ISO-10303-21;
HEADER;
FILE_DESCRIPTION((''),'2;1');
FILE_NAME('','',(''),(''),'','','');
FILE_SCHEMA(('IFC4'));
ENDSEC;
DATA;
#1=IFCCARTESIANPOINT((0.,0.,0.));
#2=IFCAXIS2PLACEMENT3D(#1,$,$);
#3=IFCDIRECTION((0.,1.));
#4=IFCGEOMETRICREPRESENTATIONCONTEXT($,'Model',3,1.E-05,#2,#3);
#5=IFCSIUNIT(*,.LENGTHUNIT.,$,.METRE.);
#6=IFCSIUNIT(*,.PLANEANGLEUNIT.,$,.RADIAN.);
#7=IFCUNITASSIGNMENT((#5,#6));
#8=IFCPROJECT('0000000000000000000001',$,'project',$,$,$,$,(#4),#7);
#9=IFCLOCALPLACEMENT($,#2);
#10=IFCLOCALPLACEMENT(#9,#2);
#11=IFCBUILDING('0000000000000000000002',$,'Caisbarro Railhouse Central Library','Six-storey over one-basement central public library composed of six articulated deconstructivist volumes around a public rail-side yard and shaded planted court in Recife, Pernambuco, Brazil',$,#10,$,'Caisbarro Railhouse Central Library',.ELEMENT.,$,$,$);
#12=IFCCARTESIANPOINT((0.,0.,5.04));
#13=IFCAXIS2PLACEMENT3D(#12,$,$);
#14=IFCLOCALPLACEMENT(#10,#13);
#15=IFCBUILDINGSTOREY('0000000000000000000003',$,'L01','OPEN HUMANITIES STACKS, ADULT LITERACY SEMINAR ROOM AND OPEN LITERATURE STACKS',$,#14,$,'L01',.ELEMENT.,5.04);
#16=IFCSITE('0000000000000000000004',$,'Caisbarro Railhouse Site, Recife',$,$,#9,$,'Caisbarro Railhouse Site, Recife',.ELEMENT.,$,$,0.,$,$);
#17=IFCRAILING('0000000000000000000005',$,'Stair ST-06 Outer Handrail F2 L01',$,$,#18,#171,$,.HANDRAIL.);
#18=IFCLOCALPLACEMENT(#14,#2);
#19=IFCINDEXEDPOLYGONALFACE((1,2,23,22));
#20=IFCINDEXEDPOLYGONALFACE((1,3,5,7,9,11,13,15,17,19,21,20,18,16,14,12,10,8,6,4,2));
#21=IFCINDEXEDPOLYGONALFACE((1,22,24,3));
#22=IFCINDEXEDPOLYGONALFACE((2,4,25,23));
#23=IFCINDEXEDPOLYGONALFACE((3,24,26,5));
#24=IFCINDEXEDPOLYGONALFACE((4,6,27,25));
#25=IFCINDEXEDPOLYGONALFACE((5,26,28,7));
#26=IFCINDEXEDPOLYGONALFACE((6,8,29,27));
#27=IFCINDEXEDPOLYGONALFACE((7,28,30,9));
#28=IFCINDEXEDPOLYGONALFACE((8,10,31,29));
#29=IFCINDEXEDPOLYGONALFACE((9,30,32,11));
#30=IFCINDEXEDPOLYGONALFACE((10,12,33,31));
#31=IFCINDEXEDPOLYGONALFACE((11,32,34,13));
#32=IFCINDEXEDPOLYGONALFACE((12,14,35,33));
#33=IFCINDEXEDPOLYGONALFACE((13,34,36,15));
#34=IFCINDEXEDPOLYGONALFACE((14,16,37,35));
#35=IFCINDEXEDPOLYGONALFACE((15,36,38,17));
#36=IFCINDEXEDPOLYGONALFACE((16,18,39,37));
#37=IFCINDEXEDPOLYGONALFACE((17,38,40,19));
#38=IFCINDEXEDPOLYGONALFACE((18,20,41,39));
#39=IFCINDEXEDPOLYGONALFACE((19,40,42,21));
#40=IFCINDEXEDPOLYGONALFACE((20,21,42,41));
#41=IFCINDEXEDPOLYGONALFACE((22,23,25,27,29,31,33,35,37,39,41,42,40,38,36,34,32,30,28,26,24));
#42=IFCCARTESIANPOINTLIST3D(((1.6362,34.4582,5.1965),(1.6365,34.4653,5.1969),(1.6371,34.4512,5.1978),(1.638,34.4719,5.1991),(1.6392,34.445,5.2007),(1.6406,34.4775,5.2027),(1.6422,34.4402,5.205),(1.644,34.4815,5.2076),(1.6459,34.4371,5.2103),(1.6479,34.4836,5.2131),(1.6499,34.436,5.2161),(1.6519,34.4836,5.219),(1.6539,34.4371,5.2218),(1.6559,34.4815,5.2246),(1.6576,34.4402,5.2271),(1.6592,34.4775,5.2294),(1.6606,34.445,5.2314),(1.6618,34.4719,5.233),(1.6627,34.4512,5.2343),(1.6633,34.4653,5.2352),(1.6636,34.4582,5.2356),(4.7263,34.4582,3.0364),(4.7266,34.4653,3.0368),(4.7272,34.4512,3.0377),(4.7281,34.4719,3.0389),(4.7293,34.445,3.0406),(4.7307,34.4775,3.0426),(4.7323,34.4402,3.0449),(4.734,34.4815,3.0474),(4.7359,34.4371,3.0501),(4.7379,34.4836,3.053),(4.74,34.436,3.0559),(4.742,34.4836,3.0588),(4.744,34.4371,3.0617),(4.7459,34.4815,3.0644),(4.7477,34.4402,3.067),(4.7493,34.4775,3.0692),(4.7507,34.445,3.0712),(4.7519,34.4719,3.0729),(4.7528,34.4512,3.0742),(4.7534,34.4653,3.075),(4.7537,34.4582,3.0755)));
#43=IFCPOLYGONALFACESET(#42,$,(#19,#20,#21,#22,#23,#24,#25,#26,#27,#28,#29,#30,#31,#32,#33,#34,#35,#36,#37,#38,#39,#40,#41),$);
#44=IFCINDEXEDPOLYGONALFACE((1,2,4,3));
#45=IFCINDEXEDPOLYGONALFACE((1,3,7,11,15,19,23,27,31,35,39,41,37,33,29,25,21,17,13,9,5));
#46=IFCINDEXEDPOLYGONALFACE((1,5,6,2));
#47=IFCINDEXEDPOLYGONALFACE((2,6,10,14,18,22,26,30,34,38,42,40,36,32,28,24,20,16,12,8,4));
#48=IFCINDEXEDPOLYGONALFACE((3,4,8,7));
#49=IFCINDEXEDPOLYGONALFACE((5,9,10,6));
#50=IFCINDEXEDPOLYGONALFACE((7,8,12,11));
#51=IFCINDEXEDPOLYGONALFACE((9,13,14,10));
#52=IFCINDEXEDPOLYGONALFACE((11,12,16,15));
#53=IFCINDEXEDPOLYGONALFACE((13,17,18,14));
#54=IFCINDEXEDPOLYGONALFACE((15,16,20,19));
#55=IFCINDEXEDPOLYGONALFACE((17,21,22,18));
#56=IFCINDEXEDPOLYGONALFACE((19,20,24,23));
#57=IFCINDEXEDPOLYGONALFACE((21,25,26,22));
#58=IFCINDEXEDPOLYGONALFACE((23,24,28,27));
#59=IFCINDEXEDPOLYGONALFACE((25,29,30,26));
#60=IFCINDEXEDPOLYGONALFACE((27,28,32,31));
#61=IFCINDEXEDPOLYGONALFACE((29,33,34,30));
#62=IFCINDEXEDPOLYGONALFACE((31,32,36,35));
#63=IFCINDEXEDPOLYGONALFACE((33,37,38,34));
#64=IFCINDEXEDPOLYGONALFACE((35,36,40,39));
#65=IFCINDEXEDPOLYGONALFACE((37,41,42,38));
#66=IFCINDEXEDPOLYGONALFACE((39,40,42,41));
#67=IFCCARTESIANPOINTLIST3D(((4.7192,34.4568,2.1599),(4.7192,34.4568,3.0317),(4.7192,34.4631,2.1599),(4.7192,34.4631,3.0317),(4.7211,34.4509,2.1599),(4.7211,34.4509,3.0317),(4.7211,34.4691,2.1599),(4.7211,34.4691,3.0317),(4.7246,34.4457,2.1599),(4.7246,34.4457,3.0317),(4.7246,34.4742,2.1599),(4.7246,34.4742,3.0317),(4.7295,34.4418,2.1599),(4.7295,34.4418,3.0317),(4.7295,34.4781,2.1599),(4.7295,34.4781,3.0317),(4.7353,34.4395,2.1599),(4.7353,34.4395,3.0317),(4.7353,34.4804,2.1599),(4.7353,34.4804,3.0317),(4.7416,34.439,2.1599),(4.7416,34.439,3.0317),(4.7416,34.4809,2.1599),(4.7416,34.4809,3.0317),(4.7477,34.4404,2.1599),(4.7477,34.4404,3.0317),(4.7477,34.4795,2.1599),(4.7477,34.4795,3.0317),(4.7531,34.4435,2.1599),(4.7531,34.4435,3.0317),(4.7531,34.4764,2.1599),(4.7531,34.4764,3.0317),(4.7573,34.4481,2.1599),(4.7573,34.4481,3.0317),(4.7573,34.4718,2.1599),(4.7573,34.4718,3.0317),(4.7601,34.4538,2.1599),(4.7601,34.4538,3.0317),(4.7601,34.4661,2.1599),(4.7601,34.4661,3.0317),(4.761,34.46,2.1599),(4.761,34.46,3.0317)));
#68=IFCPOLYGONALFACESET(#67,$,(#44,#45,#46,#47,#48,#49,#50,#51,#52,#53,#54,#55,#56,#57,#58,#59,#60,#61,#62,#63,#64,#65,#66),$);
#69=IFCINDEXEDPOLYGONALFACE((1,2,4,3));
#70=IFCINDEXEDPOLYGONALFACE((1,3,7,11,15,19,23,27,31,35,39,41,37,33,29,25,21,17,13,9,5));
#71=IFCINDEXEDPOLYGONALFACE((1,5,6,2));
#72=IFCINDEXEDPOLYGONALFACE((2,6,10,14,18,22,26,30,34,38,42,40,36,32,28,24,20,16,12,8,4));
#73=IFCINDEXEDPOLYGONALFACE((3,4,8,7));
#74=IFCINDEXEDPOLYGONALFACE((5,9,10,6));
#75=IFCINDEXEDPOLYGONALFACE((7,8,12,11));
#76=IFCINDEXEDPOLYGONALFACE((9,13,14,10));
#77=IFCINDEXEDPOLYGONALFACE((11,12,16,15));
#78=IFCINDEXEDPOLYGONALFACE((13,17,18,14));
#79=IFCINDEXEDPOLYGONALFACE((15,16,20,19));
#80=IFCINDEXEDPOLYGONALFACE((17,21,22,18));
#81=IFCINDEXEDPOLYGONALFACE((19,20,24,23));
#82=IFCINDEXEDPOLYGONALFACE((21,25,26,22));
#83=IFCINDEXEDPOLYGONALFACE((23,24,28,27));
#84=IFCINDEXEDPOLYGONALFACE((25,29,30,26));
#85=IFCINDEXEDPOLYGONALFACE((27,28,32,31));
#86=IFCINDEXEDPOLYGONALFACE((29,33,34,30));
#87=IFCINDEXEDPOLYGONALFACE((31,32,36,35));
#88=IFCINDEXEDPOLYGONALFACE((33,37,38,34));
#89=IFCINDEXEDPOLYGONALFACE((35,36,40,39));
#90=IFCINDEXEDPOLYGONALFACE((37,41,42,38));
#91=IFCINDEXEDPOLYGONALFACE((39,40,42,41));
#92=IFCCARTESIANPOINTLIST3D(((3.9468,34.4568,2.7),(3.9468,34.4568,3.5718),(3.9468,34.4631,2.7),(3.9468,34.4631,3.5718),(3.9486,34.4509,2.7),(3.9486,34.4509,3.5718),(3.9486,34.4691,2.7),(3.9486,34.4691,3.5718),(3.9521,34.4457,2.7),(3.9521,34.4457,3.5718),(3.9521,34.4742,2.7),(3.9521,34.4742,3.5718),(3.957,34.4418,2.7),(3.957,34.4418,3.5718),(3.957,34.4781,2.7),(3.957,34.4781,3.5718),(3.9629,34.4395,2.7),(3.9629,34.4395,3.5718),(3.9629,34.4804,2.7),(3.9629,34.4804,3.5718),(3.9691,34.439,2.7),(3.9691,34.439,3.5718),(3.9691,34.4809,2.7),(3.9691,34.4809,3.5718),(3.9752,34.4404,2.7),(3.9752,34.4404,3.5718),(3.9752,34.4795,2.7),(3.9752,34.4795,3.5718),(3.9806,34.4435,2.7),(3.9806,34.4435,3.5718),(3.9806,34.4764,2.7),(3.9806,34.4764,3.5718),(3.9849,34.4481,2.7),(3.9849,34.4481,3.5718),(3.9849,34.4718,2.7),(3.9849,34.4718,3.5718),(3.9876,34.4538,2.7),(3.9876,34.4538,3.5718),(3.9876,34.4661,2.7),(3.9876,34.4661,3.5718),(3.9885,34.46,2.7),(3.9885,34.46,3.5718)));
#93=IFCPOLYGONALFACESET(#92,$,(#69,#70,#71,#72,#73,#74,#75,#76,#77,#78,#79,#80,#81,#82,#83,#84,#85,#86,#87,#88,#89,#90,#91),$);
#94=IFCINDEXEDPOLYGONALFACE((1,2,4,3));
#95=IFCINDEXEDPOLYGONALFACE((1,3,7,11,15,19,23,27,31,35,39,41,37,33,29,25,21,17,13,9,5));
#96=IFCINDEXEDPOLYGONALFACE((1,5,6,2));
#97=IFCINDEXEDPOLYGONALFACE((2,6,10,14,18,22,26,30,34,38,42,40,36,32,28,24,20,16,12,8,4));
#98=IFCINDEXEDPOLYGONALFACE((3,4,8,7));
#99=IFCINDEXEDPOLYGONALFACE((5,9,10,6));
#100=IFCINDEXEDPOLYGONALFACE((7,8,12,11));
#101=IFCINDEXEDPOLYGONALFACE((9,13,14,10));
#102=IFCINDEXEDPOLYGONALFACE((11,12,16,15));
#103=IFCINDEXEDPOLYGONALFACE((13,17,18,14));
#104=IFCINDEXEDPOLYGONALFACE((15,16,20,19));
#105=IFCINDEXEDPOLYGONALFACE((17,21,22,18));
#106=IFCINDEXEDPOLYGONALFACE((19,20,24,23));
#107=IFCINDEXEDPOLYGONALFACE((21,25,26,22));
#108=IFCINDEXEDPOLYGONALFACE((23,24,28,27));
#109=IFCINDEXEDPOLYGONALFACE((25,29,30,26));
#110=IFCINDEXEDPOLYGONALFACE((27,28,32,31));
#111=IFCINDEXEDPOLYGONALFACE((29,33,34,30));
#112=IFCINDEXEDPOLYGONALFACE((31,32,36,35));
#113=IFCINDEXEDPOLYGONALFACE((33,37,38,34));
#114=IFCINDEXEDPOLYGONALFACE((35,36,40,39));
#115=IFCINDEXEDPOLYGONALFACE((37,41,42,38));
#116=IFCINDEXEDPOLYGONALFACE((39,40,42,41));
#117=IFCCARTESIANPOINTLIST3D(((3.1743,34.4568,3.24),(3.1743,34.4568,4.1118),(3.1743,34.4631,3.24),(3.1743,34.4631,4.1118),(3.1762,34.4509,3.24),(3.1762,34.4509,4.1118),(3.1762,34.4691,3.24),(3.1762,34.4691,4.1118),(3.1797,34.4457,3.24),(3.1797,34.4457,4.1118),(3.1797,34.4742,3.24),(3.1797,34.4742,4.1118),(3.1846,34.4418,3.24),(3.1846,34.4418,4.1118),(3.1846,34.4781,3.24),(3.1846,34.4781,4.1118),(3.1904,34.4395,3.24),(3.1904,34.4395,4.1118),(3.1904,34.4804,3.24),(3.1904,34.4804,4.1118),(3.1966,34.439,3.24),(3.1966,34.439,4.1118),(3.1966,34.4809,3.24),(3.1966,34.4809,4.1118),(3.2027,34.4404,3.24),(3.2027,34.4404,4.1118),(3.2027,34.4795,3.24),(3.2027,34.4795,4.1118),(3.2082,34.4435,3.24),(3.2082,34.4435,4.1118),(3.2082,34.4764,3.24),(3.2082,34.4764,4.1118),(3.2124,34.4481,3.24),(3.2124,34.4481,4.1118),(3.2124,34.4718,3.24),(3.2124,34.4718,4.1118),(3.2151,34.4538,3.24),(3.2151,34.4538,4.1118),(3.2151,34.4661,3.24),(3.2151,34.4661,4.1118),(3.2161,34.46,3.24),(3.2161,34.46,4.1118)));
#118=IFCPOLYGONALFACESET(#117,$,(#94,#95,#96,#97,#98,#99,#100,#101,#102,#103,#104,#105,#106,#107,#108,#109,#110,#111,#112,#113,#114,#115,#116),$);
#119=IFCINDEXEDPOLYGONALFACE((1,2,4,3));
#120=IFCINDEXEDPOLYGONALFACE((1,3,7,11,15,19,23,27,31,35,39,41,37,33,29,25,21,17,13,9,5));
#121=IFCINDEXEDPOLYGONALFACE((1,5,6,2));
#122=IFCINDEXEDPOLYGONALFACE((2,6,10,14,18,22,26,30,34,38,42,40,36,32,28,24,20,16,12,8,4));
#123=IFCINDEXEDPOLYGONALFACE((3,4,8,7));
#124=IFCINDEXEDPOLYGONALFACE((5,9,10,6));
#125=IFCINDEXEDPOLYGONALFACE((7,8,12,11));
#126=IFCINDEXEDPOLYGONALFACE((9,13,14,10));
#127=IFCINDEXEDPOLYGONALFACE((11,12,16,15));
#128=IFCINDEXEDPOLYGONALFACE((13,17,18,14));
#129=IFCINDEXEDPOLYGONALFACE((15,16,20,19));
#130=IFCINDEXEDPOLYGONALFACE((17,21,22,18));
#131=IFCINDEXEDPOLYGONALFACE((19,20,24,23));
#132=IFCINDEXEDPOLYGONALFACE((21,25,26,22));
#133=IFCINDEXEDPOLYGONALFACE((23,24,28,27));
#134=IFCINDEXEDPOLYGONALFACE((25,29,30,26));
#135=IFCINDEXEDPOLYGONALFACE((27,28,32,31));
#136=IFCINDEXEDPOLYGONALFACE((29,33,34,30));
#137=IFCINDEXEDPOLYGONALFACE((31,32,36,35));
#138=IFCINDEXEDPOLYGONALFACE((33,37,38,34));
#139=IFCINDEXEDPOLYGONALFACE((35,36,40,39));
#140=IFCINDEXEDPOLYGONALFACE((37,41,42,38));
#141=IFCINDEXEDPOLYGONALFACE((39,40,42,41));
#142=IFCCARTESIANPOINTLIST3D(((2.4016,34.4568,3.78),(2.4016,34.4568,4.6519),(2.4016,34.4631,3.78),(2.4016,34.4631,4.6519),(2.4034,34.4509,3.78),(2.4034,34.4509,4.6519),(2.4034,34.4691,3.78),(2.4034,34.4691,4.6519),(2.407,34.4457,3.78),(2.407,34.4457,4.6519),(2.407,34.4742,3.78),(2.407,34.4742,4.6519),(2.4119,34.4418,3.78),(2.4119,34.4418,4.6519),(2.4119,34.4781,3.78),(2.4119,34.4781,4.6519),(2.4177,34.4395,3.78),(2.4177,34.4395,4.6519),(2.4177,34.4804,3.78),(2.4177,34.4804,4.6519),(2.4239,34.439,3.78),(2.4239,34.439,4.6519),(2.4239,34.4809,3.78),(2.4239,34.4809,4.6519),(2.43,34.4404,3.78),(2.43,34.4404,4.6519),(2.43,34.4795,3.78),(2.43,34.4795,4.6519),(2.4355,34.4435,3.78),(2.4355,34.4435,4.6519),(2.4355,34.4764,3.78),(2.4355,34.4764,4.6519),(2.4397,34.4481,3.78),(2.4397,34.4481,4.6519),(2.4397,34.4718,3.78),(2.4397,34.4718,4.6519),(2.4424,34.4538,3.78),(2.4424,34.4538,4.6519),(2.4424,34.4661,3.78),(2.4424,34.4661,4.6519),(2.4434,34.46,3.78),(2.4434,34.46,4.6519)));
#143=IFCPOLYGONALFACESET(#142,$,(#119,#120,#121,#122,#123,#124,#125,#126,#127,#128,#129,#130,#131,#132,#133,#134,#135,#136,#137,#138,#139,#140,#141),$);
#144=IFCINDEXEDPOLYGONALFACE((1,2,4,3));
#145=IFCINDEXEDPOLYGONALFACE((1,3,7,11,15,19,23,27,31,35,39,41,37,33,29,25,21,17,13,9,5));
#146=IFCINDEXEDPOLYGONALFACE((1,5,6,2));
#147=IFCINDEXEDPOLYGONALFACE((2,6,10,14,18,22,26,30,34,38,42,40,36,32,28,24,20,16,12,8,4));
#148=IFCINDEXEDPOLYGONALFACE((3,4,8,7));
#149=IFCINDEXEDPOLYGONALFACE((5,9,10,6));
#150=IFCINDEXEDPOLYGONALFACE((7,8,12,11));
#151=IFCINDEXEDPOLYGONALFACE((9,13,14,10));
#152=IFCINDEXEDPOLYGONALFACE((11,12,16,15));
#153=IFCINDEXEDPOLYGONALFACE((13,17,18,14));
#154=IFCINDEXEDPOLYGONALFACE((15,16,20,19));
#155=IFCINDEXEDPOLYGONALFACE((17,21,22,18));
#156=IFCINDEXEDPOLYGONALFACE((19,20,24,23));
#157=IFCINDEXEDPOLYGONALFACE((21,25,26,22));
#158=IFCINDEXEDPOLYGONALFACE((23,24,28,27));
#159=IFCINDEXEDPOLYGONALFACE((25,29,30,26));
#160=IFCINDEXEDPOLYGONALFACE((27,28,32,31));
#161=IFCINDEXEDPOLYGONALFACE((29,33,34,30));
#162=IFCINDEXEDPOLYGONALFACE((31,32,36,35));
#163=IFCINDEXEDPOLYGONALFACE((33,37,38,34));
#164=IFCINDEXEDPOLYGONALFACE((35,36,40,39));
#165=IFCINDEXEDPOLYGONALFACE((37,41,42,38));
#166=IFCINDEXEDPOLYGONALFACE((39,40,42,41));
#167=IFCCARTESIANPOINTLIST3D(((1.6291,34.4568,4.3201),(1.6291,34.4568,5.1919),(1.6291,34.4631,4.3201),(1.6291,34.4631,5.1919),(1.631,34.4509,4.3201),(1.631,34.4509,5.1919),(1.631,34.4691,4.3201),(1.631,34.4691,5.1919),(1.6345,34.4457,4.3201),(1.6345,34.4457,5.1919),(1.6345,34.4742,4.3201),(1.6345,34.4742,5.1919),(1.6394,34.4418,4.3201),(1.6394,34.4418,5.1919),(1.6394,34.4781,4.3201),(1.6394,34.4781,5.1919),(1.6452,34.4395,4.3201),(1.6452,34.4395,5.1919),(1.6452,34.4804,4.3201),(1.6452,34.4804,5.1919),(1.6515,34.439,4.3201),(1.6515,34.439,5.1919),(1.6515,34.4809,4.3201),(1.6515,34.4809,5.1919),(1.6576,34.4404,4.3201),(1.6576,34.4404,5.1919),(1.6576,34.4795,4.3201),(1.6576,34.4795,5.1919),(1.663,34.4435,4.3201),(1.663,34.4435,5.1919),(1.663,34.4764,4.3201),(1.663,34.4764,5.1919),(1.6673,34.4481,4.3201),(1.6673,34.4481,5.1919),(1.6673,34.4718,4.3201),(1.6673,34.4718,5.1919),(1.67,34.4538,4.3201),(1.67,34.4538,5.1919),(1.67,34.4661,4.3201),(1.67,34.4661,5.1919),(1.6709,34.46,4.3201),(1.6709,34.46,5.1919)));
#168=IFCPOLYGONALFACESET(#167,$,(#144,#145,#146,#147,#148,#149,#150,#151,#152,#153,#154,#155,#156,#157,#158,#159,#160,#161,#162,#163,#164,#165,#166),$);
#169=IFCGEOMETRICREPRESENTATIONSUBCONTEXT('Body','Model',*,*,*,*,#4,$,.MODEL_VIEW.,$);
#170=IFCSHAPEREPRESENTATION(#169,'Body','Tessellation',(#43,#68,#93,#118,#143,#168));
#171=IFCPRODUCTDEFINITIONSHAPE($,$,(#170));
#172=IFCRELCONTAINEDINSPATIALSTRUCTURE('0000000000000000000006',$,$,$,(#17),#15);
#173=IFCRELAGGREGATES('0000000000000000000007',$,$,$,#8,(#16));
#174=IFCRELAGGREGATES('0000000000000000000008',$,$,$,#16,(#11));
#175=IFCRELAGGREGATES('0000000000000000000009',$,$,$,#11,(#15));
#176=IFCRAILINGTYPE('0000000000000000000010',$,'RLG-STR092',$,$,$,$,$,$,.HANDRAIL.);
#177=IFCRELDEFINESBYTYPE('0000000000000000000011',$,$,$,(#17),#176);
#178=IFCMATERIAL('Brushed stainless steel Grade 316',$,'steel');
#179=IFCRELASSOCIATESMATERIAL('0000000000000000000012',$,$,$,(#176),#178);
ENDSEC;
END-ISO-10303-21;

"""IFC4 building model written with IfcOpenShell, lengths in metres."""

from ifc_helpers import new_model, si_unit, direction, frame, origin, origin_2d, place, context, subcontext, project, spatial, circle, extrude, material, type_object, element, save


model = new_model("IFC4")

# Units and contexts
model_context = context("Model", 3, precision=1e-05, world=origin(), true_north=direction((0.0, 1.0)))
body_context = subcontext(model_context, "Body", "Model", "MODEL_VIEW")
ifc_project = project(units=[si_unit("LENGTHUNIT", "METRE"), si_unit("PLANEANGLEUNIT", "RADIAN")], contexts=[model_context])

# Site, building, storey
site_placement = place(None, origin())
site = spatial("IfcSite", under=ifc_project, at=site_placement, Name="Caisbarro Railhouse Site, Recife", LongName="Caisbarro Railhouse Site, Recife", CompositionType="ELEMENT", RefElevation=0.0)
building_placement = place(site_placement, origin())
building = spatial("IfcBuilding", under=site, at=building_placement, Name="Caisbarro Railhouse Central Library", Description="Six-storey over one-basement central public library composed of six articulated deconstructivist volumes around a public rail-side yard and shaded planted court in Recife, Pernambuco, Brazil", LongName="Caisbarro Railhouse Central Library", CompositionType="ELEMENT")
storey_placement = place(building_placement, frame((0.0, 0.0, 5.04)))
storey = spatial("IfcBuildingStorey", under=building, at=storey_placement, Name="L01", Description="OPEN HUMANITIES STACKS, ADULT LITERACY SEMINAR ROOM AND OPEN LITERATURE STACKS", LongName="L01", CompositionType="ELEMENT", Elevation=5.04)

# Railing
ifc_material_1 = material(Name="Brushed stainless steel Grade 316", Category="steel")
railing_type_1 = type_object("IfcRailingType", Name="RLG-STR092", PredefinedType="HANDRAIL", material=ifc_material_1)
railing_1_placement = place(storey_placement, frame((4.74, 34.46, 2.1599)))
element("IfcRailing", 1, at=railing_1_placement, inside=storey, type_object=railing_type_1, Name="Stair ST-06 Outer Handrail F2 L01", PredefinedType="HANDRAIL", context=body_context, shape_type="SweptSolid", body=[
    extrude(circle(Radius=0.0239, at=origin_2d()), frame((0.0, 0.0, 0.896), z_axis=(-0.819594, 0.0, 0.572945), x_axis=(0.0, -1.0, 0.0)), (0.0, 0.0, 1.0), 3.7703),
    extrude(circle(Radius=0.021, at=origin_2d()), origin(), (0.0, 0.0, 1.0), 0.8718),
    extrude(circle(Radius=0.021, at=origin_2d()), frame((-0.7725, 0.0, 0.54)), (0.0, 0.0, 1.0), 0.8718),
    extrude(circle(Radius=0.021, at=origin_2d()), frame((-1.5449, 0.0, 1.0801)), (0.0, 0.0, 1.0), 0.8718),
    extrude(circle(Radius=0.021, at=origin_2d()), frame((-2.3176, 0.0, 1.6201)), (0.0, 0.0, 1.0), 0.8718),
    extrude(circle(Radius=0.021, at=origin_2d()), frame((-3.0901, 0.0, 2.1602)), (0.0, 0.0, 1.0), 0.8718),
])

save(model, "model.ifc")
